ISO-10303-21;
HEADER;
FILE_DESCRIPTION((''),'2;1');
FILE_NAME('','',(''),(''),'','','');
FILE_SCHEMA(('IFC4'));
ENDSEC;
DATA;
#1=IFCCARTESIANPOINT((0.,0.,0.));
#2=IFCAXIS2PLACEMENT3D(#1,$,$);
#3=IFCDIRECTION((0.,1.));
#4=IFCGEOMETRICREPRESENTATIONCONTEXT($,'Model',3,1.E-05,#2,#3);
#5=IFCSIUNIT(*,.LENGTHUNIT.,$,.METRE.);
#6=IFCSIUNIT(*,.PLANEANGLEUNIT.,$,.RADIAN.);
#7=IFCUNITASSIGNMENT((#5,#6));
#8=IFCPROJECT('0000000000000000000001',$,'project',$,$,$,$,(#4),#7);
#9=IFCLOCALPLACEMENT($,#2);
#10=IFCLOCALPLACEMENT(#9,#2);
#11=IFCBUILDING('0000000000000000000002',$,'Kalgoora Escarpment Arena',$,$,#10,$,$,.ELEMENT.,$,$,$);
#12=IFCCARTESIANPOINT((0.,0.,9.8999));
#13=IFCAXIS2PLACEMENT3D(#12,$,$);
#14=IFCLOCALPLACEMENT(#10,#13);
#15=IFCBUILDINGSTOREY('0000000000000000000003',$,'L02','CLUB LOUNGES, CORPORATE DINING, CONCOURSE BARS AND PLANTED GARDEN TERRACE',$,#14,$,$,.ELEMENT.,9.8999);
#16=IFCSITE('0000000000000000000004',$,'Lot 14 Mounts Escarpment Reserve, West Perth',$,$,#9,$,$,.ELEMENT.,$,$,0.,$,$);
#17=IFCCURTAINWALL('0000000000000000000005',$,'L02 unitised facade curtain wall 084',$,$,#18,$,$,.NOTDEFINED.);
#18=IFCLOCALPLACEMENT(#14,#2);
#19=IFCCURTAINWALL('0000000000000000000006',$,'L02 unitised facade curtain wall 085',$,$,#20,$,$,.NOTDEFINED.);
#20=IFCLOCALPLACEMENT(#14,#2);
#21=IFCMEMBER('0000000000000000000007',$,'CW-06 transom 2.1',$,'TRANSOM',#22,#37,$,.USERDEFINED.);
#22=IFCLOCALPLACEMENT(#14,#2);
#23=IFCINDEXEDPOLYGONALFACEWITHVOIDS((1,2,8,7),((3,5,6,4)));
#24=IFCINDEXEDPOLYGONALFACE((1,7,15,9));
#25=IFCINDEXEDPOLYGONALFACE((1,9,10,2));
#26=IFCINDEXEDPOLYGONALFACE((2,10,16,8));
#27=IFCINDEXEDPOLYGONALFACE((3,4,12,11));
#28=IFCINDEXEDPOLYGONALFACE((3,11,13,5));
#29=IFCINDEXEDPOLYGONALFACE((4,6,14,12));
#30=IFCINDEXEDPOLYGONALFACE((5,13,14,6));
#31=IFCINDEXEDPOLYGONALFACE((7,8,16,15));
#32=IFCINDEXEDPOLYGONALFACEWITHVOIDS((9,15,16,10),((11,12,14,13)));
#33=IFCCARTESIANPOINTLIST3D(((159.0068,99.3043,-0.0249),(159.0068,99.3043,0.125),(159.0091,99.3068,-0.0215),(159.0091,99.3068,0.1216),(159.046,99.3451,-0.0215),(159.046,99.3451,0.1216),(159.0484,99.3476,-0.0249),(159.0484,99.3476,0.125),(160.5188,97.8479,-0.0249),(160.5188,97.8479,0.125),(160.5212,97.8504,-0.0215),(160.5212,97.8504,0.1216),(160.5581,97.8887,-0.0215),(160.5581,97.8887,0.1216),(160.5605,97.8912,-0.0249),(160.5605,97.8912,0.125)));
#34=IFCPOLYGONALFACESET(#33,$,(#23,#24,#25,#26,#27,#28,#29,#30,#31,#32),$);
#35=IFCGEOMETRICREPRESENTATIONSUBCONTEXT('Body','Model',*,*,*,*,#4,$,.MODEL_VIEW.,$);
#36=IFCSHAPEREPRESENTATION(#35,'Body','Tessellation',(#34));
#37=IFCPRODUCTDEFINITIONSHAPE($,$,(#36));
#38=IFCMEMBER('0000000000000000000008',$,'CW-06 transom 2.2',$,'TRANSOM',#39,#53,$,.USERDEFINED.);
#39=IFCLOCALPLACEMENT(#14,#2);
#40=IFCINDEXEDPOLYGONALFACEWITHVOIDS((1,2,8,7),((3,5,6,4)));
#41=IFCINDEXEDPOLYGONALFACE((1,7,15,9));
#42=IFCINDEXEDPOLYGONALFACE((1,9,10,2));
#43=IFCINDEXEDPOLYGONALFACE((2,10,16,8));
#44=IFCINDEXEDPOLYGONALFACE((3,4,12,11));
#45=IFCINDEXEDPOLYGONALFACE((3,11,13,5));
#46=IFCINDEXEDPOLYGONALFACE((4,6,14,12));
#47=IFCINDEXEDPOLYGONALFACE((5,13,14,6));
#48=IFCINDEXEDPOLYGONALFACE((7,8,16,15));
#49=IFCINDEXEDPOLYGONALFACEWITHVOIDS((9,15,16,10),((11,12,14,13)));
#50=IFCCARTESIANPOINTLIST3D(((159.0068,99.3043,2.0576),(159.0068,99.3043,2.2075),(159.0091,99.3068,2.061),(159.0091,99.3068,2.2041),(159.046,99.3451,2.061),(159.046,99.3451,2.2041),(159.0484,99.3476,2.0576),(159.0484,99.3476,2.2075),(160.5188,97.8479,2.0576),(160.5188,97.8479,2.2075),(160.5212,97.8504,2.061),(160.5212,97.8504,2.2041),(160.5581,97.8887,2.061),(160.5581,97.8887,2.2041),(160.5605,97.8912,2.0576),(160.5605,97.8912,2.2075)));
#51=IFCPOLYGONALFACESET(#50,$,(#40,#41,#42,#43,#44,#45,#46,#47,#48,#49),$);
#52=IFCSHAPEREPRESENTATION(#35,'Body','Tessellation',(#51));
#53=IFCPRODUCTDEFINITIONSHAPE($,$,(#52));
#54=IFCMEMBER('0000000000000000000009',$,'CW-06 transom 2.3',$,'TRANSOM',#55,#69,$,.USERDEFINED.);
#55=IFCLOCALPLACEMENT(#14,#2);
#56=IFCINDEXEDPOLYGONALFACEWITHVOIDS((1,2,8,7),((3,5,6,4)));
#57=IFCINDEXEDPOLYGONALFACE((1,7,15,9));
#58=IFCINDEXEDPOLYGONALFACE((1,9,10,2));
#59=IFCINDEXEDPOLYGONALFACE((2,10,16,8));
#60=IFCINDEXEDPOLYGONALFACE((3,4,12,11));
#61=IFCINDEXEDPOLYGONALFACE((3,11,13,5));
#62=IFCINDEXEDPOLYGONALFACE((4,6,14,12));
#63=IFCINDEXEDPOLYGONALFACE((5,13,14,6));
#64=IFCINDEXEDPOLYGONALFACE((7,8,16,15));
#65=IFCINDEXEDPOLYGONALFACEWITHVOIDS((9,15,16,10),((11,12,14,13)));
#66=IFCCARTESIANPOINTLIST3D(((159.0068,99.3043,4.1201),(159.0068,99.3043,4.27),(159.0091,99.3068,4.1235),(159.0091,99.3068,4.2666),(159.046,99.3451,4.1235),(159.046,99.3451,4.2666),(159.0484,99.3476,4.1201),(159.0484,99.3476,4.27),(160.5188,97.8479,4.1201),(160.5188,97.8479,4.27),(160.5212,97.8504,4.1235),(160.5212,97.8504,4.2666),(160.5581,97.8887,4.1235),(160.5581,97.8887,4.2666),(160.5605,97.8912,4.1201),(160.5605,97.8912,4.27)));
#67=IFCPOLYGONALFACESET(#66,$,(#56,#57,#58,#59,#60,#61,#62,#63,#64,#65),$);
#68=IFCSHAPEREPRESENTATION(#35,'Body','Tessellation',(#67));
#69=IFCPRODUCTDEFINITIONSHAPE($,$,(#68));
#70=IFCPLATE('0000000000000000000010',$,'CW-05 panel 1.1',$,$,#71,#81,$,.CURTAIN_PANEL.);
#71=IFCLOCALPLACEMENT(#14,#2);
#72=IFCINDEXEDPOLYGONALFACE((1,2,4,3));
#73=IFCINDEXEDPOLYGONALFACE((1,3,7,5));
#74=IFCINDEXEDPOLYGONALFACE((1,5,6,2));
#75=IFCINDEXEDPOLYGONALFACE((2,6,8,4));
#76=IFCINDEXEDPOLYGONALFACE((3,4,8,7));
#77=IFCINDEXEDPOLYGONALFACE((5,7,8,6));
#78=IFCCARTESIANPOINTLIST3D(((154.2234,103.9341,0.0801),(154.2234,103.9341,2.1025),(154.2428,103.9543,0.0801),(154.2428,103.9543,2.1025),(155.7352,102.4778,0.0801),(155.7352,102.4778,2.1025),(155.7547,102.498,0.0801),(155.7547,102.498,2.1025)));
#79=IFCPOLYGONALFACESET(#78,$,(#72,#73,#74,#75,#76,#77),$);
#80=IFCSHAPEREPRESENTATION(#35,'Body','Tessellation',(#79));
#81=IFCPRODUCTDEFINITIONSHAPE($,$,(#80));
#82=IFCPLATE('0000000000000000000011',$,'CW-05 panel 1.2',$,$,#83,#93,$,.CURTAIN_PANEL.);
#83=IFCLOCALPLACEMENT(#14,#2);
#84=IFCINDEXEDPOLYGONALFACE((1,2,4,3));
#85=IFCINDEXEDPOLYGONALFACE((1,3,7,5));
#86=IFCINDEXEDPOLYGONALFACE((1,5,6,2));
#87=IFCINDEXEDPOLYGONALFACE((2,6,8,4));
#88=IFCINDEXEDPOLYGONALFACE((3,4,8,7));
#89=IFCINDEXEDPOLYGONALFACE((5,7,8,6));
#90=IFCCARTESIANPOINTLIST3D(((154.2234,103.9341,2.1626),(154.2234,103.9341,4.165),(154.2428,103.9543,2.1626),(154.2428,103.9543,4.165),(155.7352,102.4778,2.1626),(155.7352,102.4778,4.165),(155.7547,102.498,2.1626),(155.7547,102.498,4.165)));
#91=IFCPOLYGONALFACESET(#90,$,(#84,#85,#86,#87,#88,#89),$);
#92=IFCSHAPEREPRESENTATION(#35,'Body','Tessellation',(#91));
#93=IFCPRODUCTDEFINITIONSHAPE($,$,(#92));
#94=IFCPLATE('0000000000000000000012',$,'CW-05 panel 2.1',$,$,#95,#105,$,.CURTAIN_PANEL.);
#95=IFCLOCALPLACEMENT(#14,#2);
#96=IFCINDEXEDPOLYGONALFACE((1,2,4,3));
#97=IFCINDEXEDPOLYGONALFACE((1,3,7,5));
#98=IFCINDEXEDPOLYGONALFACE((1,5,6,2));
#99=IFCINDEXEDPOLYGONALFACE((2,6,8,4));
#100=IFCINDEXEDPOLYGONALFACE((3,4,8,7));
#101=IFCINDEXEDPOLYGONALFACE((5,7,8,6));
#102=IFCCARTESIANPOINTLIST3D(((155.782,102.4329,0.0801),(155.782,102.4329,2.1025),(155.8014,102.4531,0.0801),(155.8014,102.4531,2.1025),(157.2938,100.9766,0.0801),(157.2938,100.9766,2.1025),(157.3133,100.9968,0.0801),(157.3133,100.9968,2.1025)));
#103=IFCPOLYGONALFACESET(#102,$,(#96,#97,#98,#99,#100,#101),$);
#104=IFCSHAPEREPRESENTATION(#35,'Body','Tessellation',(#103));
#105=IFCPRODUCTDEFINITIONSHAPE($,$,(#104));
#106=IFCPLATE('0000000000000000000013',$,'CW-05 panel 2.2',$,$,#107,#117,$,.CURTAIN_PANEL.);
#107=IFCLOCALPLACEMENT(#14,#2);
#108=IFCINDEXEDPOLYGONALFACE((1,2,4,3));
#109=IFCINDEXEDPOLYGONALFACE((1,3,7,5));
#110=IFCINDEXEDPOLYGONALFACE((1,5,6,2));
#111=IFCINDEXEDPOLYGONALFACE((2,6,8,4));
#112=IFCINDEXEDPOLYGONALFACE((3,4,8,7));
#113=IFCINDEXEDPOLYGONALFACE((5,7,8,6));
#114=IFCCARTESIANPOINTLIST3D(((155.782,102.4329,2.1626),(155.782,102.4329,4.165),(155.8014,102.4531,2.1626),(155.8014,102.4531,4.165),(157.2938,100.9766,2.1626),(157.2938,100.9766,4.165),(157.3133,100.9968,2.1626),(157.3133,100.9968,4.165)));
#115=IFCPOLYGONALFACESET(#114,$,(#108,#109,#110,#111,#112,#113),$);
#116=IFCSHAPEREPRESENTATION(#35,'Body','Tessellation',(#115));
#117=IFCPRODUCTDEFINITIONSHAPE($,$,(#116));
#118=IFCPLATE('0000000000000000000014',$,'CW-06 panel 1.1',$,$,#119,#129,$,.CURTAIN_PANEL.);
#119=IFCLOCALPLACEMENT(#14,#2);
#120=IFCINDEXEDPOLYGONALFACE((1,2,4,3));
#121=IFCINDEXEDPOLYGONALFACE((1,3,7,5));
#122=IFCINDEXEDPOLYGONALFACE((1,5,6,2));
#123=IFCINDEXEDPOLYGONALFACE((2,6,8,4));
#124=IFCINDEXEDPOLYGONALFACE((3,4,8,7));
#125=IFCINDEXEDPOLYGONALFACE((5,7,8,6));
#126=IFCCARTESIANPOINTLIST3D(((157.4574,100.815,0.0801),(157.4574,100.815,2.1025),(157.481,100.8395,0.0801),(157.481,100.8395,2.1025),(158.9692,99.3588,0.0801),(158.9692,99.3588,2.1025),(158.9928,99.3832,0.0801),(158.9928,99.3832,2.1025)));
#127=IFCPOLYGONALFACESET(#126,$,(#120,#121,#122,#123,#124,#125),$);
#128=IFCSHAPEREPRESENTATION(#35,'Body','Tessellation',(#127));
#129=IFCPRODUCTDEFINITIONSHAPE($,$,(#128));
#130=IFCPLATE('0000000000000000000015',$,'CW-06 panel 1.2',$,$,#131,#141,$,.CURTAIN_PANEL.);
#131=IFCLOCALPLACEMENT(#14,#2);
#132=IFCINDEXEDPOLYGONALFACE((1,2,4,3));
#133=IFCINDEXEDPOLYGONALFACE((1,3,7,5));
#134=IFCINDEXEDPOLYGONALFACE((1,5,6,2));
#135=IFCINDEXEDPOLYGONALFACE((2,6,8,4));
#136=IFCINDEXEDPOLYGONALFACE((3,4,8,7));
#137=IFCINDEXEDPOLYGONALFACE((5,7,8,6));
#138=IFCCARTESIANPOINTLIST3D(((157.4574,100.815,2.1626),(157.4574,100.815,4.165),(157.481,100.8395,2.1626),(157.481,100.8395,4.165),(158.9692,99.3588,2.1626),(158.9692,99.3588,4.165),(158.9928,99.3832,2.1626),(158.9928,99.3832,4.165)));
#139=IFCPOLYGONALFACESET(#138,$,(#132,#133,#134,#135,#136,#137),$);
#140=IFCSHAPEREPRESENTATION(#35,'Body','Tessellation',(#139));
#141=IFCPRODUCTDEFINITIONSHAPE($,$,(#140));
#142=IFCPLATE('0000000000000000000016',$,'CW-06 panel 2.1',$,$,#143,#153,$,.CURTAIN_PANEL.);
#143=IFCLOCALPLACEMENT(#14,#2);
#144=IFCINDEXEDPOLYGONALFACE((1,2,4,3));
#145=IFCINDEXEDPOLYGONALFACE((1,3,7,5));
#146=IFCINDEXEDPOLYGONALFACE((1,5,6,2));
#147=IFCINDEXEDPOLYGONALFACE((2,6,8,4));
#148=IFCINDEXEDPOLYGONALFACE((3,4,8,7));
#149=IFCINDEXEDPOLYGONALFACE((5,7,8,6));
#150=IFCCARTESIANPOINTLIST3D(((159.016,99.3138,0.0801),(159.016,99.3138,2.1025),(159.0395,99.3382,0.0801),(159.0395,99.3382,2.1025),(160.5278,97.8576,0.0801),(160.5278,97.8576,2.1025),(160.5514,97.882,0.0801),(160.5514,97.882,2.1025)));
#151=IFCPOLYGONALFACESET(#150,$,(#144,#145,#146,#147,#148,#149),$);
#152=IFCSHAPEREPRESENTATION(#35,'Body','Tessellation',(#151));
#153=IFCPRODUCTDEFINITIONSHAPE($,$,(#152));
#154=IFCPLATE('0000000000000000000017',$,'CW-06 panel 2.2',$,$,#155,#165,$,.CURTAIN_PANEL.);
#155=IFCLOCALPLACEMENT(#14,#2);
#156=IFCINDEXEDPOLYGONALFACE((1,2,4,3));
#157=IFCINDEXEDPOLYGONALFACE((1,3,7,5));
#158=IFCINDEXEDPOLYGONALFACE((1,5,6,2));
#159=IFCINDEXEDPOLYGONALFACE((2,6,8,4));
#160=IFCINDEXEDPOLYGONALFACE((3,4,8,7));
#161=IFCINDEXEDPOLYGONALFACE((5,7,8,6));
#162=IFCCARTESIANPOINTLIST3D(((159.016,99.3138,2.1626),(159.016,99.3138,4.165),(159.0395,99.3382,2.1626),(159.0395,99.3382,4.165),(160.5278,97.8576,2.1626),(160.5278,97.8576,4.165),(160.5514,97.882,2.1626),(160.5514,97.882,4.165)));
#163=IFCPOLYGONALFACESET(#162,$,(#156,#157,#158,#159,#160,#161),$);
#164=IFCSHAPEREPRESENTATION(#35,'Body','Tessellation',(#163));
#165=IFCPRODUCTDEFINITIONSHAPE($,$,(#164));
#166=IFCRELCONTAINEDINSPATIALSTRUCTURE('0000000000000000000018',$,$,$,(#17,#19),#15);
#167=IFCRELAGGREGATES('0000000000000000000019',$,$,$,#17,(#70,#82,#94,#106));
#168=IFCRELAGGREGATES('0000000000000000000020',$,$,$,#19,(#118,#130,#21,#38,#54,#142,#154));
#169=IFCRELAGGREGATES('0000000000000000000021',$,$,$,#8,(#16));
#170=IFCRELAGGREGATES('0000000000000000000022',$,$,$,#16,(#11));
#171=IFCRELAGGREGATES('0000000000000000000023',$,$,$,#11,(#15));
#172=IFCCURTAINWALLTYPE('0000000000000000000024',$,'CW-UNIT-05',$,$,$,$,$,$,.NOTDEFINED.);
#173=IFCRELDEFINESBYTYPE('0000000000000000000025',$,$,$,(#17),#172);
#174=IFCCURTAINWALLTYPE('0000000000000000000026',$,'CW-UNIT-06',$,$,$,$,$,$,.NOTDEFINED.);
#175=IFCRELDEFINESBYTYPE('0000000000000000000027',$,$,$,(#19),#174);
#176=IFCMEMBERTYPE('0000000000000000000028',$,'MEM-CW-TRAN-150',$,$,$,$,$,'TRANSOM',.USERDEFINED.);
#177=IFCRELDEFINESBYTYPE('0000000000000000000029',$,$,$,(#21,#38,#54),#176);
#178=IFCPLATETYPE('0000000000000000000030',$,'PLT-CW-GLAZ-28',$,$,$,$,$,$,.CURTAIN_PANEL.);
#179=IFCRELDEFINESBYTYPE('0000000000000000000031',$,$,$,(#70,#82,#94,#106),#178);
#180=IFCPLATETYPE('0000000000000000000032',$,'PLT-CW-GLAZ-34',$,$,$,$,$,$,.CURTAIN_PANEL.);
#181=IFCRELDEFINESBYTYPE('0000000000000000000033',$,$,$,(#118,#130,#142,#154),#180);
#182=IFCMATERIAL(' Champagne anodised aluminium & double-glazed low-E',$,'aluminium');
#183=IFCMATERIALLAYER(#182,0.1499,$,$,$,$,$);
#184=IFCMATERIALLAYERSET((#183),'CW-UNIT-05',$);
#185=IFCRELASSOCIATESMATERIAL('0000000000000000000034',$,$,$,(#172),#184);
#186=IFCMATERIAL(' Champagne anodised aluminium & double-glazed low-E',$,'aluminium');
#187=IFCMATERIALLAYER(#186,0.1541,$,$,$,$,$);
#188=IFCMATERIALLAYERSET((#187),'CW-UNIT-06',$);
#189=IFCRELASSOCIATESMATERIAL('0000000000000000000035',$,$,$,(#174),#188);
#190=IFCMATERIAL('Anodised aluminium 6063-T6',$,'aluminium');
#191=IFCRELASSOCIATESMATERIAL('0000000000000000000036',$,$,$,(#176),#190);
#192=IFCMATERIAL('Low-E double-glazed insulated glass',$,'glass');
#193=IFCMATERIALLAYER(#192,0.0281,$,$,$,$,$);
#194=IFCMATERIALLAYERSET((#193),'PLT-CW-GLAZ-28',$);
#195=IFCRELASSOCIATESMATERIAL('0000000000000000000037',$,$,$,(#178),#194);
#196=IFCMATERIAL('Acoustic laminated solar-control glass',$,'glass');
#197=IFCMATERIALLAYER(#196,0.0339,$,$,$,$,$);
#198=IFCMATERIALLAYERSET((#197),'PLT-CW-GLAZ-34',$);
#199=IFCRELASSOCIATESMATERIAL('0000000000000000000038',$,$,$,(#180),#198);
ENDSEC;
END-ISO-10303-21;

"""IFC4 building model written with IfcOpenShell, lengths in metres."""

from ifc_helpers import new_model, si_unit, direction, frame, origin, origin_2d, place, context, subcontext, project, spatial, rectangle, hollow_rectangle, extrude, material, layer, layer_set, material_profile, profile_set, type_object, element, aggregate, save


model = new_model("IFC4")

# Units and contexts
model_context = context("Model", 3, precision=1e-05, world=origin(), true_north=direction((0.0, 1.0)))
body_context = subcontext(model_context, "Body", "Model", "MODEL_VIEW")
ifc_project = project(units=[si_unit("LENGTHUNIT", "METRE"), si_unit("PLANEANGLEUNIT", "RADIAN")], contexts=[model_context])

# Site, building, storey
site_placement = place(None, origin())
site = spatial("IfcSite", under=ifc_project, at=site_placement, Name="Lot 14 Mounts Escarpment Reserve, West Perth", CompositionType="ELEMENT", RefElevation=0.0)
building_placement = place(site_placement, origin())
building = spatial("IfcBuilding", under=site, at=building_placement, Name="Kalgoora Escarpment Arena", CompositionType="ELEMENT")
storey_placement = place(building_placement, frame((0.0, 0.0, 9.8999)))
storey = spatial("IfcBuildingStorey", under=building, at=storey_placement, Name="L02", Description="CLUB LOUNGES, CORPORATE DINING, CONCOURSE BARS AND PLANTED GARDEN TERRACE", CompositionType="ELEMENT", Elevation=9.8999)

# Curtain walls
ifc_material_1 = material(Name=" Champagne anodised aluminium & double-glazed low-E", Category="aluminium")
ifc_layer_1 = layer(ifc_material_1, 0.1499)
ifc_layer_set_1 = layer_set([ifc_layer_1], Name="CW-UNIT-05")
curtain_wall_type_1 = type_object("IfcCurtainWallType", Name="CW-UNIT-05", PredefinedType="NOTDEFINED", material=ifc_layer_set_1)
curtain_wall_1_placement = place(storey_placement, origin())
curtain_wall_1 = element("IfcCurtainWall", 1, at=curtain_wall_1_placement, inside=storey, type_object=curtain_wall_type_1, Name="L02 unitised facade curtain wall 084", PredefinedType="NOTDEFINED")
ifc_material_2 = material(Name=" Champagne anodised aluminium & double-glazed low-E", Category="aluminium")
ifc_layer_2 = layer(ifc_material_2, 0.1541)
ifc_layer_set_2 = layer_set([ifc_layer_2], Name="CW-UNIT-06")
curtain_wall_type_2 = type_object("IfcCurtainWallType", Name="CW-UNIT-06", PredefinedType="NOTDEFINED", material=ifc_layer_set_2)
curtain_wall_2_placement = place(storey_placement, origin())
curtain_wall_2 = element("IfcCurtainWall", 2, at=curtain_wall_2_placement, inside=storey, type_object=curtain_wall_type_2, Name="L02 unitised facade curtain wall 085", PredefinedType="NOTDEFINED")

# Members
ifc_material_3 = material(Name="Anodised aluminium 6063-T6", Category="aluminium")
ifc_material_profile_1 = material_profile(ifc_material_3, hollow_rectangle(XDim=0.0601, YDim=0.1499, WallThickness=0.0034, at=origin_2d()))
ifc_profile_set_1 = profile_set([ifc_material_profile_1], Name="Anodised aluminium 6063-T6")
member_type_1 = type_object("IfcMemberType", Name="MEM-CW-TRAN-150", ElementType="TRANSOM", PredefinedType="USERDEFINED", material=ifc_profile_set_1)
member_1_placement = place(storey_placement, frame((159.0276, 99.3259, 0.05), z_axis=(0.720241, -0.693724, 0.0), x_axis=(0.693724, 0.720241, 0.0)))
member_1 = element("IfcMember", 3, at=member_1_placement, type_object=member_type_1, Name="CW-06 transom 2.1", ObjectType="TRANSOM", PredefinedType="USERDEFINED", context=body_context, shape_type="SweptSolid", body=[
    extrude(hollow_rectangle(XDim=0.0601, YDim=0.1499, WallThickness=0.0034, at=origin_2d()), origin(), (0.0, 0.0, 1.0), 2.0994),
])
member_2_placement = place(storey_placement, frame((159.0276, 99.3259, 2.1326), z_axis=(0.720241, -0.693724, 0.0), x_axis=(0.693724, 0.720241, 0.0)))
member_2 = element("IfcMember", 4, at=member_2_placement, type_object=member_type_1, Name="CW-06 transom 2.2", ObjectType="TRANSOM", PredefinedType="USERDEFINED", context=body_context, shape_type="SweptSolid", body=[
    extrude(hollow_rectangle(XDim=0.0601, YDim=0.1499, WallThickness=0.0034, at=origin_2d()), origin(), (0.0, 0.0, 1.0), 2.0994),
])
member_3_placement = place(storey_placement, frame((159.0276, 99.3259, 4.1951), z_axis=(0.720241, -0.693724, 0.0), x_axis=(0.693724, 0.720241, 0.0)))
member_3 = element("IfcMember", 5, at=member_3_placement, type_object=member_type_1, Name="CW-06 transom 2.3", ObjectType="TRANSOM", PredefinedType="USERDEFINED", context=body_context, shape_type="SweptSolid", body=[
    extrude(hollow_rectangle(XDim=0.0601, YDim=0.1499, WallThickness=0.0034, at=origin_2d()), origin(), (0.0, 0.0, 1.0), 2.0994),
])

# Plates
ifc_material_4 = material(Name="Low-E double-glazed insulated glass", Category="glass")
ifc_layer_3 = layer(ifc_material_4, 0.0281)
ifc_layer_set_3 = layer_set([ifc_layer_3], Name="PLT-CW-GLAZ-28")
plate_type_1 = type_object("IfcPlateType", Name="PLT-CW-GLAZ-28", PredefinedType="CURTAIN_PANEL", material=ifc_layer_set_3)
plate_1_placement = place(storey_placement, frame((154.989, 103.2161, 0.0801), z_axis=(0.0, 0.0, 1.0), x_axis=(0.72022, -0.693746, 0.0)))
plate_1 = element("IfcPlate", 6, at=plate_1_placement, type_object=plate_type_1, Name="CW-05 panel 1.1", PredefinedType="CURTAIN_PANEL", context=body_context, shape_type="SweptSolid", body=[
    extrude(rectangle(XDim=2.0991, YDim=0.0281, at=origin_2d()), origin(), (0.0, 0.0, 1.0), 2.0225),
])
plate_2_placement = place(storey_placement, frame((154.989, 103.2161, 2.1626), z_axis=(0.0, 0.0, 1.0), x_axis=(0.72022, -0.693746, 0.0)))
plate_2 = element("IfcPlate", 7, at=plate_2_placement, type_object=plate_type_1, Name="CW-05 panel 1.2", PredefinedType="CURTAIN_PANEL", context=body_context, shape_type="SweptSolid", body=[
    extrude(rectangle(XDim=2.0991, YDim=0.0281, at=origin_2d()), origin(), (0.0, 0.0, 1.0), 2.0024),
])
plate_3_placement = place(storey_placement, frame((156.5476, 101.7148, 0.0801), z_axis=(0.0, 0.0, 1.0), x_axis=(0.72022, -0.693746, 0.0)))
plate_3 = element("IfcPlate", 8, at=plate_3_placement, type_object=plate_type_1, Name="CW-05 panel 2.1", PredefinedType="CURTAIN_PANEL", context=body_context, shape_type="SweptSolid", body=[
    extrude(rectangle(XDim=2.0991, YDim=0.0281, at=origin_2d()), origin(), (0.0, 0.0, 1.0), 2.0225),
])
plate_4_placement = place(storey_placement, frame((156.5476, 101.7148, 2.1626), z_axis=(0.0, 0.0, 1.0), x_axis=(0.72022, -0.693746, 0.0)))
plate_4 = element("IfcPlate", 9, at=plate_4_placement, type_object=plate_type_1, Name="CW-05 panel 2.2", PredefinedType="CURTAIN_PANEL", context=body_context, shape_type="SweptSolid", body=[
    extrude(rectangle(XDim=2.0991, YDim=0.0281, at=origin_2d()), origin(), (0.0, 0.0, 1.0), 2.0024),
])
aggregate(curtain_wall_1, [plate_1, plate_2, plate_3, plate_4])
ifc_material_5 = material(Name="Acoustic laminated solar-control glass", Category="glass")
ifc_layer_4 = layer(ifc_material_5, 0.0339)
ifc_layer_set_4 = layer_set([ifc_layer_4], Name="PLT-CW-GLAZ-34")
plate_type_2 = type_object("IfcPlateType", Name="PLT-CW-GLAZ-34", PredefinedType="CURTAIN_PANEL", material=ifc_layer_set_4)
plate_5_placement = place(storey_placement, frame((158.2251, 100.0991, 0.0801), z_axis=(0.0, 0.0, 1.0), x_axis=(0.72022, -0.693746, 0.0)))
plate_5 = element("IfcPlate", 10, at=plate_5_placement, type_object=plate_type_2, Name="CW-06 panel 1.1", PredefinedType="CURTAIN_PANEL", context=body_context, shape_type="SweptSolid", body=[
    extrude(rectangle(XDim=2.0991, YDim=0.0339, at=origin_2d()), origin(), (0.0, 0.0, 1.0), 2.0225),
])
plate_6_placement = place(storey_placement, frame((158.2251, 100.0991, 2.1626), z_axis=(0.0, 0.0, 1.0), x_axis=(0.72022, -0.693746, 0.0)))
plate_6 = element("IfcPlate", 11, at=plate_6_placement, type_object=plate_type_2, Name="CW-06 panel 1.2", PredefinedType="CURTAIN_PANEL", context=body_context, shape_type="SweptSolid", body=[
    extrude(rectangle(XDim=2.0991, YDim=0.0339, at=origin_2d()), origin(), (0.0, 0.0, 1.0), 2.0024),
])
plate_7_placement = place(storey_placement, frame((159.7837, 98.5979, 0.0801), z_axis=(0.0, 0.0, 1.0), x_axis=(0.72022, -0.693746, 0.0)))
plate_7 = element("IfcPlate", 12, at=plate_7_placement, type_object=plate_type_2, Name="CW-06 panel 2.1", PredefinedType="CURTAIN_PANEL", context=body_context, shape_type="SweptSolid", body=[
    extrude(rectangle(XDim=2.0991, YDim=0.0339, at=origin_2d()), origin(), (0.0, 0.0, 1.0), 2.0225),
])
plate_8_placement = place(storey_placement, frame((159.7837, 98.5979, 2.1626), z_axis=(0.0, 0.0, 1.0), x_axis=(0.72022, -0.693746, 0.0)))
plate_8 = element("IfcPlate", 13, at=plate_8_placement, type_object=plate_type_2, Name="CW-06 panel 2.2", PredefinedType="CURTAIN_PANEL", context=body_context, shape_type="SweptSolid", body=[
    extrude(rectangle(XDim=2.0991, YDim=0.0339, at=origin_2d()), origin(), (0.0, 0.0, 1.0), 2.0024),
])
aggregate(curtain_wall_2, [plate_5, plate_6, member_1, member_2, member_3, plate_7, plate_8])

save(model, "model.ifc")
